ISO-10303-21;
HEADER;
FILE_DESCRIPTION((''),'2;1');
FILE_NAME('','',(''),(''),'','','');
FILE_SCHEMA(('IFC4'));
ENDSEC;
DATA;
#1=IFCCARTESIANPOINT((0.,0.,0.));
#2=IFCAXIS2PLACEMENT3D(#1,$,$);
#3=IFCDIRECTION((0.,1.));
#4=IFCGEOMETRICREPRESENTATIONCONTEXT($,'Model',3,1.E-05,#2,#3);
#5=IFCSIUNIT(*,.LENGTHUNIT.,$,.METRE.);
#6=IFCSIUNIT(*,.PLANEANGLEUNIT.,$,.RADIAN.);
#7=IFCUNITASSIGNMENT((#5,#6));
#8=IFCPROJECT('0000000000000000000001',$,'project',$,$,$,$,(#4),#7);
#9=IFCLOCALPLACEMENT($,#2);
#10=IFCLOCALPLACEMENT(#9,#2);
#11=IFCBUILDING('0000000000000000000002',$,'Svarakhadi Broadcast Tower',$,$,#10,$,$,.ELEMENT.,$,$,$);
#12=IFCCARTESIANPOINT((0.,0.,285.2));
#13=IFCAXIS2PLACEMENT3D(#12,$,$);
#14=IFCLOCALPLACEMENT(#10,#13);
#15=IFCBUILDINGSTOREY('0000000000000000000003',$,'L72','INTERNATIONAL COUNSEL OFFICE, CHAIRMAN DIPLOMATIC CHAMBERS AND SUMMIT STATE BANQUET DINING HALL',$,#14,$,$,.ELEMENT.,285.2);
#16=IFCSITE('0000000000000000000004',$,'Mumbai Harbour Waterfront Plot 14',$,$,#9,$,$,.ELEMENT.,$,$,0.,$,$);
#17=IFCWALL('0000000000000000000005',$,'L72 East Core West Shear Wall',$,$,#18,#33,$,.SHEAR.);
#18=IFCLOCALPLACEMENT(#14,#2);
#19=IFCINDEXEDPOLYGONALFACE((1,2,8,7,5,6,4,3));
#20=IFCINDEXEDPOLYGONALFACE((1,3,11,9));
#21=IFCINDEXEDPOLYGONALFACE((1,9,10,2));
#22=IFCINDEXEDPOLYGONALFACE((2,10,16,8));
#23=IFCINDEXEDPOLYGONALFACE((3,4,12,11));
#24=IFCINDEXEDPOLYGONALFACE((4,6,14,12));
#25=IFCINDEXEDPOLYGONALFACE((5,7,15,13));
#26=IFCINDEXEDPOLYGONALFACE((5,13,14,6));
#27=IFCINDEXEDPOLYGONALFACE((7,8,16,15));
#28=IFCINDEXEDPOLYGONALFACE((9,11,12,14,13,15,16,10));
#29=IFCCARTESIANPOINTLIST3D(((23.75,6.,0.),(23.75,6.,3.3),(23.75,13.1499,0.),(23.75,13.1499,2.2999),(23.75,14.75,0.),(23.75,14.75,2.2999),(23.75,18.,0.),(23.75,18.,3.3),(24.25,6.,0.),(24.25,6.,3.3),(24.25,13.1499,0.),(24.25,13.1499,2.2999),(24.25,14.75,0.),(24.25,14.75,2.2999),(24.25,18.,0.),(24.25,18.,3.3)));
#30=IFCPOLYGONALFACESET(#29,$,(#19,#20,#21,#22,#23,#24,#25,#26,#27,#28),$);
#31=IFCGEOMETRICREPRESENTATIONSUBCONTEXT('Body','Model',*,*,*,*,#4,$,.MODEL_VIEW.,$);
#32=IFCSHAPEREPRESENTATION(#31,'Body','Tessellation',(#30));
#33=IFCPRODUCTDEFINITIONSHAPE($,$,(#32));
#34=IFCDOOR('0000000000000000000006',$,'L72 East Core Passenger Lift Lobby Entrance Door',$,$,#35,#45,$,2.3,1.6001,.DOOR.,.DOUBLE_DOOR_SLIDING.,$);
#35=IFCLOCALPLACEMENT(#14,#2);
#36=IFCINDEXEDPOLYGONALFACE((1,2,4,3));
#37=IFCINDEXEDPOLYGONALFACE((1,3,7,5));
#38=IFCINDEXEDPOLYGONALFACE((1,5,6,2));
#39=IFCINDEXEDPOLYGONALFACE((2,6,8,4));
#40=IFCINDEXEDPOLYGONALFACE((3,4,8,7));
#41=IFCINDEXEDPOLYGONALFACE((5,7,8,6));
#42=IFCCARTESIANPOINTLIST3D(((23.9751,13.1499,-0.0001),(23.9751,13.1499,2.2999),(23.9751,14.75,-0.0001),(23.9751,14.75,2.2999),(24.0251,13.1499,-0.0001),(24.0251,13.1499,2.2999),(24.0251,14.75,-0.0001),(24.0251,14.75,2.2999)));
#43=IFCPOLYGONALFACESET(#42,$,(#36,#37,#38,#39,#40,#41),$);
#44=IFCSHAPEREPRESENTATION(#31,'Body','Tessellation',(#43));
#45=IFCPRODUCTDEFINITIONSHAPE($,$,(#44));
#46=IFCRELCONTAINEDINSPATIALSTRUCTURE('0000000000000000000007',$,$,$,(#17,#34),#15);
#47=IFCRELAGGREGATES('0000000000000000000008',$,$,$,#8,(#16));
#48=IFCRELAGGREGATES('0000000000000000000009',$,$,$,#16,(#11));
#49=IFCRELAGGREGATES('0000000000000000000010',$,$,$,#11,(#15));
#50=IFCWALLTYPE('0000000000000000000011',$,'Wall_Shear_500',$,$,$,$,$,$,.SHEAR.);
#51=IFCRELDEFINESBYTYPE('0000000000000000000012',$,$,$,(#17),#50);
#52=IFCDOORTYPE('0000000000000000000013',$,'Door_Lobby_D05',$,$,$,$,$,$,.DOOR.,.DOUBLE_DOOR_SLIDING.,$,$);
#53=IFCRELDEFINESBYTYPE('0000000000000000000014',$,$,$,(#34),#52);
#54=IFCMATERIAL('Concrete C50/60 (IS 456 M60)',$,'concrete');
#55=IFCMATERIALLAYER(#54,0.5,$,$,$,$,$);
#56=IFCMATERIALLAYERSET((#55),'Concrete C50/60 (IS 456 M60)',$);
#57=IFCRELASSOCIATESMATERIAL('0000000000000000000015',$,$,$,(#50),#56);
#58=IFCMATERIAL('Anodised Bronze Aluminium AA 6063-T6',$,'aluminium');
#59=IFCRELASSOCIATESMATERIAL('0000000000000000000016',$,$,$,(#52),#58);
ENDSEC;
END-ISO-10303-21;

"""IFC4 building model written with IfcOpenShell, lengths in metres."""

from ifc_helpers import new_model, si_unit, direction, frame, frame_2d, origin, place, context, subcontext, project, spatial, rectangle, extrude, material, layer, layer_set, type_object, element, fill, save


model = new_model("IFC4")

# Units and contexts
model_context = context("Model", 3, precision=1e-05, world=origin(), true_north=direction((0.0, 1.0)))
body_context = subcontext(model_context, "Body", "Model", "MODEL_VIEW")
ifc_project = project(units=[si_unit("LENGTHUNIT", "METRE"), si_unit("PLANEANGLEUNIT", "RADIAN")], contexts=[model_context])

# Site, building, storey
site_placement = place(None, origin())
site = spatial("IfcSite", under=ifc_project, at=site_placement, Name="Mumbai Harbour Waterfront Plot 14", CompositionType="ELEMENT", RefElevation=0.0)
building_placement = place(site_placement, origin())
building = spatial("IfcBuilding", under=site, at=building_placement, Name="Svarakhadi Broadcast Tower", CompositionType="ELEMENT")
storey_placement = place(building_placement, frame((0.0, 0.0, 285.2)))
storey = spatial("IfcBuildingStorey", under=building, at=storey_placement, Name="L72", Description="INTERNATIONAL COUNSEL OFFICE, CHAIRMAN DIPLOMATIC CHAMBERS AND SUMMIT STATE BANQUET DINING HALL", CompositionType="ELEMENT", Elevation=285.2)

# Shared definitions
ifc_material_1 = material(Name="Concrete C50/60 (IS 456 M60)", Category="concrete")

# Shared definitions
ifc_layer_1 = layer(ifc_material_1, 0.5)
ifc_layer_set_1 = layer_set([ifc_layer_1], Name="Concrete C50/60 (IS 456 M60)")
wall_type_1 = type_object("IfcWallType", Name="Wall_Shear_500", PredefinedType="SHEAR", material=ifc_layer_set_1)

# Wall, opening, door
wall_1_placement = place(storey_placement, frame((24.0, 6.0, 0.0), z_axis=(0.0, 0.0, 1.0), x_axis=(0.0, 1.0, 0.0)))
wall_1 = element("IfcWall", 1, at=wall_1_placement, inside=storey, type_object=wall_type_1, Name="L72 East Core West Shear Wall", PredefinedType="SHEAR", context=body_context, shape_type="SweptSolid", body=[
    extrude(rectangle(XDim=12.0, YDim=0.5, at=frame_2d((6.0, 0.0))), origin(), (0.0, 0.0, 1.0), 3.3),
])
opening_1_placement = place(wall_1_placement, frame((7.1499, 0.0, 0.0)))
opening_1 = element("IfcOpeningElement", 2, at=opening_1_placement, cuts=wall_1, PredefinedType="OPENING", context=body_context, shape_type="SweptSolid", body=[
    extrude(rectangle(XDim=1.6001, YDim=2.3, at=frame_2d((0.8, 1.1499))), frame((0.0, 0.26, 0.0), z_axis=(0.0, -1.0, 0.0), x_axis=(1.0, 0.0, 0.0)), (0.0, 0.0, 1.0), 0.52),
])
ifc_material_2 = material(Name="Anodised Bronze Aluminium AA 6063-T6", Category="aluminium")
door_type_1 = type_object("IfcDoorType", Name="Door_Lobby_D05", OperationType="DOUBLE_DOOR_SLIDING", PredefinedType="DOOR", material=ifc_material_2)
door_1_placement = place(opening_1_placement, origin())
door_1 = element("IfcDoor", 3, at=door_1_placement, inside=storey, type_object=door_type_1, Name="L72 East Core Passenger Lift Lobby Entrance Door", OperationType="DOUBLE_DOOR_SLIDING", OverallHeight=2.3, OverallWidth=1.6001, PredefinedType="DOOR", context=body_context, shape_type="SweptSolid", body=[
    extrude(rectangle(XDim=1.6001, YDim=2.3, at=frame_2d((0.8, 1.1499))), frame((0.0, 0.0249, 0.0), z_axis=(0.0, -1.0, 0.0), x_axis=(1.0, 0.0, 0.0)), (0.0, 0.0, 1.0), 0.05),
])
fill(opening_1, door_1)

save(model, "model.ifc")
